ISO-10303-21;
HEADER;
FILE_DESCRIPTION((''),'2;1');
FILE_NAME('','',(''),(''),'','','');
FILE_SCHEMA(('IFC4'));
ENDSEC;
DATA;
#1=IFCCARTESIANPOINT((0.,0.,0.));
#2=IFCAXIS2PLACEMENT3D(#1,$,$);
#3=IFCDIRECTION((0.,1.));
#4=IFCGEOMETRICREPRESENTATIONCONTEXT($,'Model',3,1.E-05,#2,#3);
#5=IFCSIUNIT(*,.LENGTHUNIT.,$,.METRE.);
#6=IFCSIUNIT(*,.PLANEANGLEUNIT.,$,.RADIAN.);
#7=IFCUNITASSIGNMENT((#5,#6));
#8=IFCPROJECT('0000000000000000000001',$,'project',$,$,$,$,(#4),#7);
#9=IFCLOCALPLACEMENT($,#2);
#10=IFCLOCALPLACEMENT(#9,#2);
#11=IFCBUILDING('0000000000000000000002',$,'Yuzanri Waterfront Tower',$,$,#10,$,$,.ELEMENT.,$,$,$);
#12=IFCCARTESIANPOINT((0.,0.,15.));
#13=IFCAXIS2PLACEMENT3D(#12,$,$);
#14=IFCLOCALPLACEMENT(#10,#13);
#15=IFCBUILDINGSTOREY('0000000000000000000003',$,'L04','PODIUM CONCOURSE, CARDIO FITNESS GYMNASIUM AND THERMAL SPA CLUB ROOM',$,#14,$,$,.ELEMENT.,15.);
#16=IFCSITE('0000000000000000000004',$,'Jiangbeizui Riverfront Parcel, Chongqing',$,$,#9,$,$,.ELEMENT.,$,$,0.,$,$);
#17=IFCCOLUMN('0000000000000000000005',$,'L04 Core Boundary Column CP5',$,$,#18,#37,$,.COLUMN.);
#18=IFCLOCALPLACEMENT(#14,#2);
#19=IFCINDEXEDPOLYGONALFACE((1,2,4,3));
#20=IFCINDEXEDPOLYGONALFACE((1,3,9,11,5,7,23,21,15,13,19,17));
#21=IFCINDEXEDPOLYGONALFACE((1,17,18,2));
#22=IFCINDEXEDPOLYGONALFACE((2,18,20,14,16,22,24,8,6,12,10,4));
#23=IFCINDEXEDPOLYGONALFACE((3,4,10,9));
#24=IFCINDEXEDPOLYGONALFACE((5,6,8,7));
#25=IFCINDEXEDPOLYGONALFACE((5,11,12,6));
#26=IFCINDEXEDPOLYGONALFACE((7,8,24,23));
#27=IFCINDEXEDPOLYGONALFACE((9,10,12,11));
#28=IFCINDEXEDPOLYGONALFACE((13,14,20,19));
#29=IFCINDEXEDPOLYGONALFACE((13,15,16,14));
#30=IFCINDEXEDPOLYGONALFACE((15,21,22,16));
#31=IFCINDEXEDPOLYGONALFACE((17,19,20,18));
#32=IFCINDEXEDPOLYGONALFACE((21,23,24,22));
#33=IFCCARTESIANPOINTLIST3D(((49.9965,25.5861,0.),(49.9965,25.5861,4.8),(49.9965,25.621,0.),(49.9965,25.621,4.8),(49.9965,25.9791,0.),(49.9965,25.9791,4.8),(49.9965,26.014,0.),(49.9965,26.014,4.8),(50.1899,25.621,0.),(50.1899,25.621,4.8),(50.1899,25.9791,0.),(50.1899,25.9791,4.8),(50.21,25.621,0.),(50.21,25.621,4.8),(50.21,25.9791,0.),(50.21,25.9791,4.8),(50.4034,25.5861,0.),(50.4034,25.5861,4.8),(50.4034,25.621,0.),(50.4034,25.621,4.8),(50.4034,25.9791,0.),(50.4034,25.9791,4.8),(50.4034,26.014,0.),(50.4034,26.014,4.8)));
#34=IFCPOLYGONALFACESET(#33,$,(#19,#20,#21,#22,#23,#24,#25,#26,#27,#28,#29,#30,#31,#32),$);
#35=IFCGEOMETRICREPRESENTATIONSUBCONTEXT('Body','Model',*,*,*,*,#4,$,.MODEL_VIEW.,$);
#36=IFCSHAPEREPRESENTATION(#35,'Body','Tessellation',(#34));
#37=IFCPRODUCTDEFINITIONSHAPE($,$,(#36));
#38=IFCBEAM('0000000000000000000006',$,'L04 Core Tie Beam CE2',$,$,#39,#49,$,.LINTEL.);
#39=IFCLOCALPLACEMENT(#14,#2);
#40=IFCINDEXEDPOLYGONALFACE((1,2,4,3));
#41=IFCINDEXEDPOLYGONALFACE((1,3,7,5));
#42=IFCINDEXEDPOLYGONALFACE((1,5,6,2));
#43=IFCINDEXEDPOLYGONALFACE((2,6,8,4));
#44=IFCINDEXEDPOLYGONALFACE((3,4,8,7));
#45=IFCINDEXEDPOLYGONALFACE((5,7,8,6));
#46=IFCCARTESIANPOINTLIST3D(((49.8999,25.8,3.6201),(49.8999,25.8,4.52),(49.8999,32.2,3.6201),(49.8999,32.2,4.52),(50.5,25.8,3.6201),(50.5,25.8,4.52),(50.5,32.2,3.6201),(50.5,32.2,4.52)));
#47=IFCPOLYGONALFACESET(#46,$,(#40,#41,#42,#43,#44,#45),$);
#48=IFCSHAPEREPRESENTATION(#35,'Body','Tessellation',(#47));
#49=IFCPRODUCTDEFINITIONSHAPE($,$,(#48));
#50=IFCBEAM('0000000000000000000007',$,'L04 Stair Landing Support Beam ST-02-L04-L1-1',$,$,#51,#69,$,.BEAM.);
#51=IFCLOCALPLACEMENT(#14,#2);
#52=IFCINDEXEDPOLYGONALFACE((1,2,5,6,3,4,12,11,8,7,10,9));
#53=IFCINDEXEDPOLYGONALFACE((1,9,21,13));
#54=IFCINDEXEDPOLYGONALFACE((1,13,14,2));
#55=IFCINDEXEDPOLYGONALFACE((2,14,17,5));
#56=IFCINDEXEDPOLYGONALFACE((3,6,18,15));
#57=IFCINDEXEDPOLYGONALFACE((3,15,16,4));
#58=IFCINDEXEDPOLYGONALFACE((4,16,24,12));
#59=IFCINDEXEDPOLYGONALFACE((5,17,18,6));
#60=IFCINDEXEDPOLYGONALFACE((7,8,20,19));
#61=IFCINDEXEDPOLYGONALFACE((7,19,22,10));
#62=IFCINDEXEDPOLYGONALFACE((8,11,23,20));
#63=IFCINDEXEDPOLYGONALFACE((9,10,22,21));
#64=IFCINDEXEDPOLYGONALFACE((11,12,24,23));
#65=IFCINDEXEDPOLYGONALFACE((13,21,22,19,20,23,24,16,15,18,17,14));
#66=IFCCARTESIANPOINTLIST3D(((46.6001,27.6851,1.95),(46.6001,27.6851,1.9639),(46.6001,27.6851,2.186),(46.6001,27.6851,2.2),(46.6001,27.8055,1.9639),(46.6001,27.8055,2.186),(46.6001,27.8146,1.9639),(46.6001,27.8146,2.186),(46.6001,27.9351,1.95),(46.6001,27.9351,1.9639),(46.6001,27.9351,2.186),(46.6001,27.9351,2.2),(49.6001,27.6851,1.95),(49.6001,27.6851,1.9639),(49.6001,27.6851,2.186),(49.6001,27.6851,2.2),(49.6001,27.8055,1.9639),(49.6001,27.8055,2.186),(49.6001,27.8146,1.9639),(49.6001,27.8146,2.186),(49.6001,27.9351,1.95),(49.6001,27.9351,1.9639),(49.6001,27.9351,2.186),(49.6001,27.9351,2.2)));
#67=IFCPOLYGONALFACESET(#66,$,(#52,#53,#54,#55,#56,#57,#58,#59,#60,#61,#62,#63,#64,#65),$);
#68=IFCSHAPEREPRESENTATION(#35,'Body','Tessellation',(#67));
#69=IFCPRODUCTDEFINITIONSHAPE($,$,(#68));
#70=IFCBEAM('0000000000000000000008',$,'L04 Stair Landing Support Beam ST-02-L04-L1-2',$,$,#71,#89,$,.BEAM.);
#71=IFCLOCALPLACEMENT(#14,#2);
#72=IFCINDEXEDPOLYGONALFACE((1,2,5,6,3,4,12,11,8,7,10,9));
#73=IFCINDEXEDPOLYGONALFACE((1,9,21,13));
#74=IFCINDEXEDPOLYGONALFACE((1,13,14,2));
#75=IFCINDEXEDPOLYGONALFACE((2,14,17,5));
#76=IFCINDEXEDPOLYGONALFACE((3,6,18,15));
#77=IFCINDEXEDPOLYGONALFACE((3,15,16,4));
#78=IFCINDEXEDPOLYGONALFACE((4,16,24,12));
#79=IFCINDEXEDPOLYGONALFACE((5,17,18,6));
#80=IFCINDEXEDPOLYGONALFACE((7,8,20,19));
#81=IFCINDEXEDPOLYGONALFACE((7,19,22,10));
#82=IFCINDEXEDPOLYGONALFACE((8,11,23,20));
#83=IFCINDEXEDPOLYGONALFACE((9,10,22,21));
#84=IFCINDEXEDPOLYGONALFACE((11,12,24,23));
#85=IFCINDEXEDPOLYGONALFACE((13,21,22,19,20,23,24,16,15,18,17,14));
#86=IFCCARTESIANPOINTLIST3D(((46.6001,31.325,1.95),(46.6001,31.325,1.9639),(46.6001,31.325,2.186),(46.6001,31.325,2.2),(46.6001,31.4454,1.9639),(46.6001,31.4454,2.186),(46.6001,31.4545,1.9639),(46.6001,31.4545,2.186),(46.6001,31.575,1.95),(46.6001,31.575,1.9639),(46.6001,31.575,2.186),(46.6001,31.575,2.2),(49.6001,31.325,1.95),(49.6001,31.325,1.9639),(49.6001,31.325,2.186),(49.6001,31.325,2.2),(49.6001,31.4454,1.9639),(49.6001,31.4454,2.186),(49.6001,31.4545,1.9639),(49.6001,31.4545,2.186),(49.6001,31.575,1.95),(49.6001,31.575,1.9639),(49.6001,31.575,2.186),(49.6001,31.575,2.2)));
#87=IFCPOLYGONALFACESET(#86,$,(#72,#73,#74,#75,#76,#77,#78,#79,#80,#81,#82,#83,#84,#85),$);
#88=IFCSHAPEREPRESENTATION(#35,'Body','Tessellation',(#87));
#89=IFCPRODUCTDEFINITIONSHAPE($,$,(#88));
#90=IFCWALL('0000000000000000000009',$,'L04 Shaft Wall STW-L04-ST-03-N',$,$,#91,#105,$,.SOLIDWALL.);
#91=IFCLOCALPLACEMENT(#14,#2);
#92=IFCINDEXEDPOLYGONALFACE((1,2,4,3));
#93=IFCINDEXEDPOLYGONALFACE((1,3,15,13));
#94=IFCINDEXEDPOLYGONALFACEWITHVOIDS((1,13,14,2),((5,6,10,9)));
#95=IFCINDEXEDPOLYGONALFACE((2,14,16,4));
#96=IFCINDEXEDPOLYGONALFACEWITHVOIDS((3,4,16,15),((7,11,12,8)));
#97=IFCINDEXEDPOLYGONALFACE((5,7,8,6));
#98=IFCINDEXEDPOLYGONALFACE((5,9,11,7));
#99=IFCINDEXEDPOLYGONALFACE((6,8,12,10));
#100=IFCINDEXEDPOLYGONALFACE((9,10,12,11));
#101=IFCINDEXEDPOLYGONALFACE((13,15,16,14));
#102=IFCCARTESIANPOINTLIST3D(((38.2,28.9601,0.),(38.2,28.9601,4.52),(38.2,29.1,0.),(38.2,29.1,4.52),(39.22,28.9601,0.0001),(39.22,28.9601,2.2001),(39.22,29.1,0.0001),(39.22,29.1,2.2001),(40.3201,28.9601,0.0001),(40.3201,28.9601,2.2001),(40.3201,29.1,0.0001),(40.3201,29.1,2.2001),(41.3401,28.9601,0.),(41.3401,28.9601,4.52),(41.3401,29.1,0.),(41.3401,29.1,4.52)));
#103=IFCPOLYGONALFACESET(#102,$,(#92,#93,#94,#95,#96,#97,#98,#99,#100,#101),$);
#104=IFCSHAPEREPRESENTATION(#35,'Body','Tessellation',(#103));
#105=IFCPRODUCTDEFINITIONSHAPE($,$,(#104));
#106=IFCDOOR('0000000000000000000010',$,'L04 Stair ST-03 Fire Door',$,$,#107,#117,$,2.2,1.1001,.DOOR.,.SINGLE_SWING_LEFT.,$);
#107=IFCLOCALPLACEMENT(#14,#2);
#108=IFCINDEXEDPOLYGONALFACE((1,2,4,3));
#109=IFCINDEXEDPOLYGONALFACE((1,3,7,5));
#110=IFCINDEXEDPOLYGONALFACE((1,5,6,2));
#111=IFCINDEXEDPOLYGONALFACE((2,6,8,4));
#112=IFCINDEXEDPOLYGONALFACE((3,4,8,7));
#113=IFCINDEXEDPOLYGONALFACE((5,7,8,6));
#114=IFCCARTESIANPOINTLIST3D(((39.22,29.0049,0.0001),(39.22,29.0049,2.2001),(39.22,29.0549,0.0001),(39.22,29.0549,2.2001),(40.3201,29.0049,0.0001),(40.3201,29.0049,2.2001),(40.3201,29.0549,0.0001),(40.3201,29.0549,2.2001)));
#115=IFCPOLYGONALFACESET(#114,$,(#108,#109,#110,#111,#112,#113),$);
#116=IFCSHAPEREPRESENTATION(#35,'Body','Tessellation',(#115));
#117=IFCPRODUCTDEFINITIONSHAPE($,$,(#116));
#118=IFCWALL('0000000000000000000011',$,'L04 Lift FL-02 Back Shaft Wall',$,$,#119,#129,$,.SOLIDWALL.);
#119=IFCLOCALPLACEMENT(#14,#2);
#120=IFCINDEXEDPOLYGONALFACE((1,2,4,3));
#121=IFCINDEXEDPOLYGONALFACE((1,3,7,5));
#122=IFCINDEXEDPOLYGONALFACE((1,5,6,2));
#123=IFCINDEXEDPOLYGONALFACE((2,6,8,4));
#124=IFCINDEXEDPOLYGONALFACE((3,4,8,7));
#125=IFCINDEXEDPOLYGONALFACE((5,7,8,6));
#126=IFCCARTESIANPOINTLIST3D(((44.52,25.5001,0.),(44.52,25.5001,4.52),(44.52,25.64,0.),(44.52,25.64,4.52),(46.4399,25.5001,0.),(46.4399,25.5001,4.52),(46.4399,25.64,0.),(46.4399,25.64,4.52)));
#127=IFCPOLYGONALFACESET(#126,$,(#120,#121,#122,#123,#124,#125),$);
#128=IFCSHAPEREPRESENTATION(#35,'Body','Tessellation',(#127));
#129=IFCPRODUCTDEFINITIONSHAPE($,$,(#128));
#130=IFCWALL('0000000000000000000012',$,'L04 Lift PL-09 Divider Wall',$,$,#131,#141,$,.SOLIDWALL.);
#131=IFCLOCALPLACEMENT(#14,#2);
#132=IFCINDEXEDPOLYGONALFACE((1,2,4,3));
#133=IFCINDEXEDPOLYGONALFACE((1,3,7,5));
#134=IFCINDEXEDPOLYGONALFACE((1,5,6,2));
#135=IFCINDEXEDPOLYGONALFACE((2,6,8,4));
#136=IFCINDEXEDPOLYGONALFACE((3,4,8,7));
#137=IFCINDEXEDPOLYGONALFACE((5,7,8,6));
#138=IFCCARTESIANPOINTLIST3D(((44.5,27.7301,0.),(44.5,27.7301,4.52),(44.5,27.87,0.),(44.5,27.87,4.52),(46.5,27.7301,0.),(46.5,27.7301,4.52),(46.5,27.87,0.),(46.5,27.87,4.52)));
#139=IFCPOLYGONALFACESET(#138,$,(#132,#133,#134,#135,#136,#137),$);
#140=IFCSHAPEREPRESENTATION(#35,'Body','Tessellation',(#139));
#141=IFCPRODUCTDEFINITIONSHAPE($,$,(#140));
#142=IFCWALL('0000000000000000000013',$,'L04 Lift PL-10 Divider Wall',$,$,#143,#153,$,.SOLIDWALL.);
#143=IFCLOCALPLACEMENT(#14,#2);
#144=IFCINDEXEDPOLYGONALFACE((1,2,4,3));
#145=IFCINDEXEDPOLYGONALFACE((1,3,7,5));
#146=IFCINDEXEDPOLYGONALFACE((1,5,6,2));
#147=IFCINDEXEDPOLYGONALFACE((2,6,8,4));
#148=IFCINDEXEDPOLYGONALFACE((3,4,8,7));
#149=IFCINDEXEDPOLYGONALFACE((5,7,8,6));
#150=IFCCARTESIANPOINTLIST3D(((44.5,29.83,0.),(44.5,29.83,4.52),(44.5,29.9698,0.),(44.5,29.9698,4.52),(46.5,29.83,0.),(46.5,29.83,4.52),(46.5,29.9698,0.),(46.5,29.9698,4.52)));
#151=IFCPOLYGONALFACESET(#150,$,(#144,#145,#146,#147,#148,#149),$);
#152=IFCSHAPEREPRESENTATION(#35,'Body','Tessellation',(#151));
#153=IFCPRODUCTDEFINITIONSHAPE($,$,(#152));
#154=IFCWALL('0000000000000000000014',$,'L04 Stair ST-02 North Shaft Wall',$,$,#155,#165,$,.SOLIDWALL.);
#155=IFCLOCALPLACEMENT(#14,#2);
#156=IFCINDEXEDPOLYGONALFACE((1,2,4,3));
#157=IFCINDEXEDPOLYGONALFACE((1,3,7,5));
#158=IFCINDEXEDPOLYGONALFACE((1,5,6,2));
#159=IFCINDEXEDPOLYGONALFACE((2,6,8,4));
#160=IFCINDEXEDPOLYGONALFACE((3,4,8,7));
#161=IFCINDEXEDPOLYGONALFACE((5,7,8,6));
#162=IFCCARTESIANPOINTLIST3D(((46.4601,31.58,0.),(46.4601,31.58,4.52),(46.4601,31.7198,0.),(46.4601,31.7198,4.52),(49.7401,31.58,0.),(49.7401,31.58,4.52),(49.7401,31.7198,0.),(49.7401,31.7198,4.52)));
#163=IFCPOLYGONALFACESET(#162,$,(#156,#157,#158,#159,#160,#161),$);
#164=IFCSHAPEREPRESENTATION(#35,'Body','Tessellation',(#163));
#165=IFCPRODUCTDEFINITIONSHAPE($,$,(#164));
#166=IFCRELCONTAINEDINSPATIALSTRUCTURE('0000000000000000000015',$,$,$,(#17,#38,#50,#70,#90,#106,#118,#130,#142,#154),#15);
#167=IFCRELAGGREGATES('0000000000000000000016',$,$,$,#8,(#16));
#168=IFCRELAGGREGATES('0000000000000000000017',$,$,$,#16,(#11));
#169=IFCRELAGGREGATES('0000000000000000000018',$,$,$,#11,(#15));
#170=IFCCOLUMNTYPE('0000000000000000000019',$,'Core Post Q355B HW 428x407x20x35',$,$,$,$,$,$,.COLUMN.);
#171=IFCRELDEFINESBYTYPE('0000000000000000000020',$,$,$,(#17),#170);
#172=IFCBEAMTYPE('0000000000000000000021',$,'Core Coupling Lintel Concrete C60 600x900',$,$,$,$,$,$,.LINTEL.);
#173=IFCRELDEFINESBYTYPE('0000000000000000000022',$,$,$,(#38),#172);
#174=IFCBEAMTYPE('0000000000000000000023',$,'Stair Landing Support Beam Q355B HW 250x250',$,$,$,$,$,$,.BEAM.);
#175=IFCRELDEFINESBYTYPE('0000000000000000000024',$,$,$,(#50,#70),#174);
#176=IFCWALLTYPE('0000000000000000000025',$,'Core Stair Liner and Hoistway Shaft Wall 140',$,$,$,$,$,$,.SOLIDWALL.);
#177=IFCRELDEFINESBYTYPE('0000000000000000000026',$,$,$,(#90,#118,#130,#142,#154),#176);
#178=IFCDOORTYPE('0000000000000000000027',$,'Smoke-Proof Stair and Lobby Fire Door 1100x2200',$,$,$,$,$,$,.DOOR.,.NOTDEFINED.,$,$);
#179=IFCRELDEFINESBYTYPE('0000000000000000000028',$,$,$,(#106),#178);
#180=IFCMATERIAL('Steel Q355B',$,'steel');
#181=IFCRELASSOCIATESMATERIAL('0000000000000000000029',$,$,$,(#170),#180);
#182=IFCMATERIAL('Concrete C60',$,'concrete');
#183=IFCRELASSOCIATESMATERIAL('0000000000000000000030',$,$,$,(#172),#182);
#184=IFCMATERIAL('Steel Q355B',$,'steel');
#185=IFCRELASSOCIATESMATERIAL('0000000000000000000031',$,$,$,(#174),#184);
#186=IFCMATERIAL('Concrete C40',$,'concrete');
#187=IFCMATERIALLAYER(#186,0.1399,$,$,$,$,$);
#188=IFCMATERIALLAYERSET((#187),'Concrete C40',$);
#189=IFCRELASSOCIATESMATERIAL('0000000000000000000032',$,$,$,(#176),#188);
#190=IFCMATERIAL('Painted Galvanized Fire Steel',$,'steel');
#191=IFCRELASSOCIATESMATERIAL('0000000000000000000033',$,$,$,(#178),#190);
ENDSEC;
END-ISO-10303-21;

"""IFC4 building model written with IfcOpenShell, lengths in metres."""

from ifc_helpers import new_model, si_unit, direction, frame, frame_2d, origin, origin_2d, place, context, subcontext, project, spatial, rectangle, i_section, extrude, source, transform, mapped, material, layer, layer_set, material_profile, profile_set, type_object, element, fill, save


model = new_model("IFC4")

# Units and contexts
model_context = context("Model", 3, precision=1e-05, world=origin(), true_north=direction((0.0, 1.0)))
body_context = subcontext(model_context, "Body", "Model", "MODEL_VIEW")
ifc_project = project(units=[si_unit("LENGTHUNIT", "METRE"), si_unit("PLANEANGLEUNIT", "RADIAN")], contexts=[model_context])

# Site, building, storey
site_placement = place(None, origin())
site = spatial("IfcSite", under=ifc_project, at=site_placement, Name="Jiangbeizui Riverfront Parcel, Chongqing", CompositionType="ELEMENT", RefElevation=0.0)
building_placement = place(site_placement, origin())
building = spatial("IfcBuilding", under=site, at=building_placement, Name="Yuzanri Waterfront Tower", CompositionType="ELEMENT")
storey_placement = place(building_placement, frame((0.0, 0.0, 15.0)))
storey = spatial("IfcBuildingStorey", under=building, at=storey_placement, Name="L04", Description="PODIUM CONCOURSE, CARDIO FITNESS GYMNASIUM AND THERMAL SPA CLUB ROOM", CompositionType="ELEMENT", Elevation=15.0)

# Column
ifc_material_1 = material(Name="Steel Q355B", Category="steel")
ifc_material_profile_1 = material_profile(ifc_material_1, i_section(OverallWidth=0.407, OverallDepth=0.428, WebThickness=0.02, FlangeThickness=0.0349, at=origin_2d()), Name="HW 428x407x20x35")
ifc_profile_set_1 = profile_set([ifc_material_profile_1], Name="Steel Q355B")
column_type = type_object("IfcColumnType", Name="Core Post Q355B HW 428x407x20x35", PredefinedType="COLUMN", material=ifc_profile_set_1)
shared_shape_1 = source(origin(), body_context, "Body", "SweptSolid", [
    extrude(i_section(OverallWidth=0.407, OverallDepth=0.428, WebThickness=0.02, FlangeThickness=0.0349, at=origin_2d()), origin(), (0.0, 0.0, 1.0), 4.8),
])
column_placement = place(storey_placement, frame((50.2, 25.8, 0.0), z_axis=(0.0, 0.0, 1.0), x_axis=(1.0, 0.0, 0.0)))
element("IfcColumn", 1, at=column_placement, inside=storey, type_object=column_type, Name="L04 Core Boundary Column CP5", PredefinedType="COLUMN", context=body_context, shape_type="MappedRepresentation", body=[
    mapped(shared_shape_1, transform((0.0, 0.0, 0.0), scale=1.0)),
])

# Beams
ifc_material_2 = material(Name="Concrete C60", Category="concrete")
ifc_material_profile_2 = material_profile(ifc_material_2, rectangle(XDim=0.6001, YDim=0.8999, at=origin_2d()), Name="RC 600x900")
ifc_profile_set_2 = profile_set([ifc_material_profile_2], Name="Concrete C60")
beam_type_1 = type_object("IfcBeamType", Name="Core Coupling Lintel Concrete C60 600x900", PredefinedType="LINTEL", material=ifc_profile_set_2)
shared_shape_2 = source(origin(), body_context, "Body", "SweptSolid", [
    extrude(rectangle(XDim=0.6001, YDim=0.8999, at=origin_2d()), origin(), (0.0, 0.0, 1.0), 6.3999),
])
beam_placement = place(storey_placement, frame((50.2, 25.8, 4.0701), z_axis=(0.0, 1.0, 0.0), x_axis=(-1.0, 0.0, 0.0)))
element("IfcBeam", 2, at=beam_placement, inside=storey, type_object=beam_type_1, Name="L04 Core Tie Beam CE2", PredefinedType="LINTEL", context=body_context, shape_type="MappedRepresentation", body=[
    mapped(shared_shape_2, transform((0.0, 0.0, 0.0), scale=1.0)),
])
ifc_material_3 = material(Name="Steel Q355B", Category="steel")
ifc_material_profile_3 = material_profile(ifc_material_3, i_section(OverallWidth=0.25, OverallDepth=0.25, WebThickness=0.009, FlangeThickness=0.0139, at=origin_2d()), Name="HW 250x250x9x14")
ifc_profile_set_3 = profile_set([ifc_material_profile_3], Name="Steel Q355B")
beam_type_2 = type_object("IfcBeamType", Name="Stair Landing Support Beam Q355B HW 250x250", PredefinedType="BEAM", material=ifc_profile_set_3)
shared_shape_3 = source(origin(), body_context, "Body", "SweptSolid", [
    extrude(i_section(OverallWidth=0.25, OverallDepth=0.25, WebThickness=0.009, FlangeThickness=0.0139, at=origin_2d()), origin(), (0.0, 0.0, 1.0), 3.0),
])
for number, where, z_axis, x_axis, name in (
    (3, (46.6001, 27.8101, 2.075), (1.0, 0.0, 0.0), (0.0, 1.0, 0.0), "L04 Stair Landing Support Beam ST-02-L04-L1-1"),
    (4, (46.6001, 31.45, 2.075), (1.0, 0.0, 0.0), (0.0, 1.0, 0.0), "L04 Stair Landing Support Beam ST-02-L04-L1-2"),
):
    element("IfcBeam", number, at=place(storey_placement, frame(where, z_axis=z_axis, x_axis=x_axis)), inside=storey, type_object=beam_type_2, Name=name, PredefinedType="BEAM", context=body_context, shape_type="MappedRepresentation", body=[
        mapped(shared_shape_3, transform((0.0, 0.0, 0.0), scale=1.0)),
    ])

# Wall, opening, door
ifc_material_4 = material(Name="Concrete C40", Category="concrete")
ifc_layer_1 = layer(ifc_material_4, 0.1399)
ifc_layer_set_1 = layer_set([ifc_layer_1], Name="Concrete C40")
wall_type_1 = type_object("IfcWallType", Name="Core Stair Liner and Hoistway Shaft Wall 140", PredefinedType="SOLIDWALL", material=ifc_layer_set_1)
wall_1_placement = place(storey_placement, frame((38.2, 29.03, 0.0), z_axis=(0.0, 0.0, 1.0), x_axis=(1.0, 0.0, 0.0)))
wall_1 = element("IfcWall", 5, at=wall_1_placement, inside=storey, type_object=wall_type_1, Name="L04 Shaft Wall STW-L04-ST-03-N", PredefinedType="SOLIDWALL", context=body_context, shape_type="SweptSolid", body=[
    extrude(rectangle(XDim=3.1401, YDim=0.1399, at=frame_2d((1.5701, 0.0))), origin(), (0.0, 0.0, 1.0), 4.52),
])
opening_placement = place(wall_1_placement, frame((1.02, 0.0, 0.0)))
opening = element("IfcOpeningElement", 6, at=opening_placement, cuts=wall_1, PredefinedType="OPENING", context=body_context, shape_type="SweptSolid", body=[
    extrude(rectangle(XDim=1.1001, YDim=2.2, at=frame_2d((0.55, 1.1001))), frame((0.0, 0.085, 0.0), z_axis=(0.0, -1.0, 0.0), x_axis=(1.0, 0.0, 0.0)), (0.0, 0.0, 1.0), 0.1697),
])
ifc_material_5 = material(Name="Painted Galvanized Fire Steel", Category="steel")
door_type = type_object("IfcDoorType", Name="Smoke-Proof Stair and Lobby Fire Door 1100x2200", OperationType="NOTDEFINED", PredefinedType="DOOR", material=ifc_material_5)
shared_shape_4 = source(origin(), body_context, "Body", "SweptSolid", [
    extrude(rectangle(XDim=1.1001, YDim=2.2, at=frame_2d((0.55, 1.1001))), frame((0.0, 0.0249, 0.0), z_axis=(0.0, -1.0, 0.0), x_axis=(1.0, 0.0, 0.0)), (0.0, 0.0, 1.0), 0.05),
])
door_placement = place(opening_placement, origin())
door = element("IfcDoor", 7, at=door_placement, inside=storey, type_object=door_type, Name="L04 Stair ST-03 Fire Door", OperationType="SINGLE_SWING_LEFT", OverallHeight=2.2, OverallWidth=1.1001, PredefinedType="DOOR", context=body_context, shape_type="MappedRepresentation", body=[
    mapped(shared_shape_4, transform((0.0, 0.0, 0.0), scale=1.0)),
])
fill(opening, door)

# Walls
shared_shape_5 = source(origin(), body_context, "Body", "SweptSolid", [
    extrude(rectangle(XDim=1.9199, YDim=0.1399, at=frame_2d((0.96, 0.0))), origin(), (0.0, 0.0, 1.0), 4.52),
])
wall_2_placement = place(storey_placement, frame((44.52, 25.5701, 0.0), z_axis=(0.0, 0.0, 1.0), x_axis=(1.0, 0.0, 0.0)))
element("IfcWall", 8, at=wall_2_placement, inside=storey, type_object=wall_type_1, Name="L04 Lift FL-02 Back Shaft Wall", PredefinedType="SOLIDWALL", context=body_context, shape_type="MappedRepresentation", body=[
    mapped(shared_shape_5, transform((0.0, 0.0, 0.0), scale=1.0)),
])
shared_shape_6 = source(origin(), body_context, "Body", "SweptSolid", [
    extrude(rectangle(XDim=2.0, YDim=0.1399, at=frame_2d((1.0, 0.0))), origin(), (0.0, 0.0, 1.0), 4.52),
])
for number, where, z_axis, x_axis, name in (
    (9, (44.5, 27.8, 0.0), (0.0, 0.0, 1.0), (1.0, 0.0, 0.0), "L04 Lift PL-09 Divider Wall"),
    (10, (44.5, 29.8999, 0.0), (0.0, 0.0, 1.0), (1.0, 0.0, 0.0), "L04 Lift PL-10 Divider Wall"),
):
    element("IfcWall", number, at=place(storey_placement, frame(where, z_axis=z_axis, x_axis=x_axis)), inside=storey, type_object=wall_type_1, Name=name, PredefinedType="SOLIDWALL", context=body_context, shape_type="MappedRepresentation", body=[
        mapped(shared_shape_6, transform((0.0, 0.0, 0.0), scale=1.0)),
    ])
shared_shape_7 = source(origin(), body_context, "Body", "SweptSolid", [
    extrude(rectangle(XDim=3.28, YDim=0.1399, at=frame_2d((1.6401, 0.0))), origin(), (0.0, 0.0, 1.0), 4.52),
])
wall_3_placement = place(storey_placement, frame((46.46, 31.6499, 0.0), z_axis=(0.0, 0.0, 1.0), x_axis=(1.0, 0.0, 0.0)))
element("IfcWall", 11, at=wall_3_placement, inside=storey, type_object=wall_type_1, Name="L04 Stair ST-02 North Shaft Wall", PredefinedType="SOLIDWALL", context=body_context, shape_type="MappedRepresentation", body=[
    mapped(shared_shape_7, transform((0.0, 0.0, 0.0), scale=1.0)),
])

save(model, "model.ifc")
